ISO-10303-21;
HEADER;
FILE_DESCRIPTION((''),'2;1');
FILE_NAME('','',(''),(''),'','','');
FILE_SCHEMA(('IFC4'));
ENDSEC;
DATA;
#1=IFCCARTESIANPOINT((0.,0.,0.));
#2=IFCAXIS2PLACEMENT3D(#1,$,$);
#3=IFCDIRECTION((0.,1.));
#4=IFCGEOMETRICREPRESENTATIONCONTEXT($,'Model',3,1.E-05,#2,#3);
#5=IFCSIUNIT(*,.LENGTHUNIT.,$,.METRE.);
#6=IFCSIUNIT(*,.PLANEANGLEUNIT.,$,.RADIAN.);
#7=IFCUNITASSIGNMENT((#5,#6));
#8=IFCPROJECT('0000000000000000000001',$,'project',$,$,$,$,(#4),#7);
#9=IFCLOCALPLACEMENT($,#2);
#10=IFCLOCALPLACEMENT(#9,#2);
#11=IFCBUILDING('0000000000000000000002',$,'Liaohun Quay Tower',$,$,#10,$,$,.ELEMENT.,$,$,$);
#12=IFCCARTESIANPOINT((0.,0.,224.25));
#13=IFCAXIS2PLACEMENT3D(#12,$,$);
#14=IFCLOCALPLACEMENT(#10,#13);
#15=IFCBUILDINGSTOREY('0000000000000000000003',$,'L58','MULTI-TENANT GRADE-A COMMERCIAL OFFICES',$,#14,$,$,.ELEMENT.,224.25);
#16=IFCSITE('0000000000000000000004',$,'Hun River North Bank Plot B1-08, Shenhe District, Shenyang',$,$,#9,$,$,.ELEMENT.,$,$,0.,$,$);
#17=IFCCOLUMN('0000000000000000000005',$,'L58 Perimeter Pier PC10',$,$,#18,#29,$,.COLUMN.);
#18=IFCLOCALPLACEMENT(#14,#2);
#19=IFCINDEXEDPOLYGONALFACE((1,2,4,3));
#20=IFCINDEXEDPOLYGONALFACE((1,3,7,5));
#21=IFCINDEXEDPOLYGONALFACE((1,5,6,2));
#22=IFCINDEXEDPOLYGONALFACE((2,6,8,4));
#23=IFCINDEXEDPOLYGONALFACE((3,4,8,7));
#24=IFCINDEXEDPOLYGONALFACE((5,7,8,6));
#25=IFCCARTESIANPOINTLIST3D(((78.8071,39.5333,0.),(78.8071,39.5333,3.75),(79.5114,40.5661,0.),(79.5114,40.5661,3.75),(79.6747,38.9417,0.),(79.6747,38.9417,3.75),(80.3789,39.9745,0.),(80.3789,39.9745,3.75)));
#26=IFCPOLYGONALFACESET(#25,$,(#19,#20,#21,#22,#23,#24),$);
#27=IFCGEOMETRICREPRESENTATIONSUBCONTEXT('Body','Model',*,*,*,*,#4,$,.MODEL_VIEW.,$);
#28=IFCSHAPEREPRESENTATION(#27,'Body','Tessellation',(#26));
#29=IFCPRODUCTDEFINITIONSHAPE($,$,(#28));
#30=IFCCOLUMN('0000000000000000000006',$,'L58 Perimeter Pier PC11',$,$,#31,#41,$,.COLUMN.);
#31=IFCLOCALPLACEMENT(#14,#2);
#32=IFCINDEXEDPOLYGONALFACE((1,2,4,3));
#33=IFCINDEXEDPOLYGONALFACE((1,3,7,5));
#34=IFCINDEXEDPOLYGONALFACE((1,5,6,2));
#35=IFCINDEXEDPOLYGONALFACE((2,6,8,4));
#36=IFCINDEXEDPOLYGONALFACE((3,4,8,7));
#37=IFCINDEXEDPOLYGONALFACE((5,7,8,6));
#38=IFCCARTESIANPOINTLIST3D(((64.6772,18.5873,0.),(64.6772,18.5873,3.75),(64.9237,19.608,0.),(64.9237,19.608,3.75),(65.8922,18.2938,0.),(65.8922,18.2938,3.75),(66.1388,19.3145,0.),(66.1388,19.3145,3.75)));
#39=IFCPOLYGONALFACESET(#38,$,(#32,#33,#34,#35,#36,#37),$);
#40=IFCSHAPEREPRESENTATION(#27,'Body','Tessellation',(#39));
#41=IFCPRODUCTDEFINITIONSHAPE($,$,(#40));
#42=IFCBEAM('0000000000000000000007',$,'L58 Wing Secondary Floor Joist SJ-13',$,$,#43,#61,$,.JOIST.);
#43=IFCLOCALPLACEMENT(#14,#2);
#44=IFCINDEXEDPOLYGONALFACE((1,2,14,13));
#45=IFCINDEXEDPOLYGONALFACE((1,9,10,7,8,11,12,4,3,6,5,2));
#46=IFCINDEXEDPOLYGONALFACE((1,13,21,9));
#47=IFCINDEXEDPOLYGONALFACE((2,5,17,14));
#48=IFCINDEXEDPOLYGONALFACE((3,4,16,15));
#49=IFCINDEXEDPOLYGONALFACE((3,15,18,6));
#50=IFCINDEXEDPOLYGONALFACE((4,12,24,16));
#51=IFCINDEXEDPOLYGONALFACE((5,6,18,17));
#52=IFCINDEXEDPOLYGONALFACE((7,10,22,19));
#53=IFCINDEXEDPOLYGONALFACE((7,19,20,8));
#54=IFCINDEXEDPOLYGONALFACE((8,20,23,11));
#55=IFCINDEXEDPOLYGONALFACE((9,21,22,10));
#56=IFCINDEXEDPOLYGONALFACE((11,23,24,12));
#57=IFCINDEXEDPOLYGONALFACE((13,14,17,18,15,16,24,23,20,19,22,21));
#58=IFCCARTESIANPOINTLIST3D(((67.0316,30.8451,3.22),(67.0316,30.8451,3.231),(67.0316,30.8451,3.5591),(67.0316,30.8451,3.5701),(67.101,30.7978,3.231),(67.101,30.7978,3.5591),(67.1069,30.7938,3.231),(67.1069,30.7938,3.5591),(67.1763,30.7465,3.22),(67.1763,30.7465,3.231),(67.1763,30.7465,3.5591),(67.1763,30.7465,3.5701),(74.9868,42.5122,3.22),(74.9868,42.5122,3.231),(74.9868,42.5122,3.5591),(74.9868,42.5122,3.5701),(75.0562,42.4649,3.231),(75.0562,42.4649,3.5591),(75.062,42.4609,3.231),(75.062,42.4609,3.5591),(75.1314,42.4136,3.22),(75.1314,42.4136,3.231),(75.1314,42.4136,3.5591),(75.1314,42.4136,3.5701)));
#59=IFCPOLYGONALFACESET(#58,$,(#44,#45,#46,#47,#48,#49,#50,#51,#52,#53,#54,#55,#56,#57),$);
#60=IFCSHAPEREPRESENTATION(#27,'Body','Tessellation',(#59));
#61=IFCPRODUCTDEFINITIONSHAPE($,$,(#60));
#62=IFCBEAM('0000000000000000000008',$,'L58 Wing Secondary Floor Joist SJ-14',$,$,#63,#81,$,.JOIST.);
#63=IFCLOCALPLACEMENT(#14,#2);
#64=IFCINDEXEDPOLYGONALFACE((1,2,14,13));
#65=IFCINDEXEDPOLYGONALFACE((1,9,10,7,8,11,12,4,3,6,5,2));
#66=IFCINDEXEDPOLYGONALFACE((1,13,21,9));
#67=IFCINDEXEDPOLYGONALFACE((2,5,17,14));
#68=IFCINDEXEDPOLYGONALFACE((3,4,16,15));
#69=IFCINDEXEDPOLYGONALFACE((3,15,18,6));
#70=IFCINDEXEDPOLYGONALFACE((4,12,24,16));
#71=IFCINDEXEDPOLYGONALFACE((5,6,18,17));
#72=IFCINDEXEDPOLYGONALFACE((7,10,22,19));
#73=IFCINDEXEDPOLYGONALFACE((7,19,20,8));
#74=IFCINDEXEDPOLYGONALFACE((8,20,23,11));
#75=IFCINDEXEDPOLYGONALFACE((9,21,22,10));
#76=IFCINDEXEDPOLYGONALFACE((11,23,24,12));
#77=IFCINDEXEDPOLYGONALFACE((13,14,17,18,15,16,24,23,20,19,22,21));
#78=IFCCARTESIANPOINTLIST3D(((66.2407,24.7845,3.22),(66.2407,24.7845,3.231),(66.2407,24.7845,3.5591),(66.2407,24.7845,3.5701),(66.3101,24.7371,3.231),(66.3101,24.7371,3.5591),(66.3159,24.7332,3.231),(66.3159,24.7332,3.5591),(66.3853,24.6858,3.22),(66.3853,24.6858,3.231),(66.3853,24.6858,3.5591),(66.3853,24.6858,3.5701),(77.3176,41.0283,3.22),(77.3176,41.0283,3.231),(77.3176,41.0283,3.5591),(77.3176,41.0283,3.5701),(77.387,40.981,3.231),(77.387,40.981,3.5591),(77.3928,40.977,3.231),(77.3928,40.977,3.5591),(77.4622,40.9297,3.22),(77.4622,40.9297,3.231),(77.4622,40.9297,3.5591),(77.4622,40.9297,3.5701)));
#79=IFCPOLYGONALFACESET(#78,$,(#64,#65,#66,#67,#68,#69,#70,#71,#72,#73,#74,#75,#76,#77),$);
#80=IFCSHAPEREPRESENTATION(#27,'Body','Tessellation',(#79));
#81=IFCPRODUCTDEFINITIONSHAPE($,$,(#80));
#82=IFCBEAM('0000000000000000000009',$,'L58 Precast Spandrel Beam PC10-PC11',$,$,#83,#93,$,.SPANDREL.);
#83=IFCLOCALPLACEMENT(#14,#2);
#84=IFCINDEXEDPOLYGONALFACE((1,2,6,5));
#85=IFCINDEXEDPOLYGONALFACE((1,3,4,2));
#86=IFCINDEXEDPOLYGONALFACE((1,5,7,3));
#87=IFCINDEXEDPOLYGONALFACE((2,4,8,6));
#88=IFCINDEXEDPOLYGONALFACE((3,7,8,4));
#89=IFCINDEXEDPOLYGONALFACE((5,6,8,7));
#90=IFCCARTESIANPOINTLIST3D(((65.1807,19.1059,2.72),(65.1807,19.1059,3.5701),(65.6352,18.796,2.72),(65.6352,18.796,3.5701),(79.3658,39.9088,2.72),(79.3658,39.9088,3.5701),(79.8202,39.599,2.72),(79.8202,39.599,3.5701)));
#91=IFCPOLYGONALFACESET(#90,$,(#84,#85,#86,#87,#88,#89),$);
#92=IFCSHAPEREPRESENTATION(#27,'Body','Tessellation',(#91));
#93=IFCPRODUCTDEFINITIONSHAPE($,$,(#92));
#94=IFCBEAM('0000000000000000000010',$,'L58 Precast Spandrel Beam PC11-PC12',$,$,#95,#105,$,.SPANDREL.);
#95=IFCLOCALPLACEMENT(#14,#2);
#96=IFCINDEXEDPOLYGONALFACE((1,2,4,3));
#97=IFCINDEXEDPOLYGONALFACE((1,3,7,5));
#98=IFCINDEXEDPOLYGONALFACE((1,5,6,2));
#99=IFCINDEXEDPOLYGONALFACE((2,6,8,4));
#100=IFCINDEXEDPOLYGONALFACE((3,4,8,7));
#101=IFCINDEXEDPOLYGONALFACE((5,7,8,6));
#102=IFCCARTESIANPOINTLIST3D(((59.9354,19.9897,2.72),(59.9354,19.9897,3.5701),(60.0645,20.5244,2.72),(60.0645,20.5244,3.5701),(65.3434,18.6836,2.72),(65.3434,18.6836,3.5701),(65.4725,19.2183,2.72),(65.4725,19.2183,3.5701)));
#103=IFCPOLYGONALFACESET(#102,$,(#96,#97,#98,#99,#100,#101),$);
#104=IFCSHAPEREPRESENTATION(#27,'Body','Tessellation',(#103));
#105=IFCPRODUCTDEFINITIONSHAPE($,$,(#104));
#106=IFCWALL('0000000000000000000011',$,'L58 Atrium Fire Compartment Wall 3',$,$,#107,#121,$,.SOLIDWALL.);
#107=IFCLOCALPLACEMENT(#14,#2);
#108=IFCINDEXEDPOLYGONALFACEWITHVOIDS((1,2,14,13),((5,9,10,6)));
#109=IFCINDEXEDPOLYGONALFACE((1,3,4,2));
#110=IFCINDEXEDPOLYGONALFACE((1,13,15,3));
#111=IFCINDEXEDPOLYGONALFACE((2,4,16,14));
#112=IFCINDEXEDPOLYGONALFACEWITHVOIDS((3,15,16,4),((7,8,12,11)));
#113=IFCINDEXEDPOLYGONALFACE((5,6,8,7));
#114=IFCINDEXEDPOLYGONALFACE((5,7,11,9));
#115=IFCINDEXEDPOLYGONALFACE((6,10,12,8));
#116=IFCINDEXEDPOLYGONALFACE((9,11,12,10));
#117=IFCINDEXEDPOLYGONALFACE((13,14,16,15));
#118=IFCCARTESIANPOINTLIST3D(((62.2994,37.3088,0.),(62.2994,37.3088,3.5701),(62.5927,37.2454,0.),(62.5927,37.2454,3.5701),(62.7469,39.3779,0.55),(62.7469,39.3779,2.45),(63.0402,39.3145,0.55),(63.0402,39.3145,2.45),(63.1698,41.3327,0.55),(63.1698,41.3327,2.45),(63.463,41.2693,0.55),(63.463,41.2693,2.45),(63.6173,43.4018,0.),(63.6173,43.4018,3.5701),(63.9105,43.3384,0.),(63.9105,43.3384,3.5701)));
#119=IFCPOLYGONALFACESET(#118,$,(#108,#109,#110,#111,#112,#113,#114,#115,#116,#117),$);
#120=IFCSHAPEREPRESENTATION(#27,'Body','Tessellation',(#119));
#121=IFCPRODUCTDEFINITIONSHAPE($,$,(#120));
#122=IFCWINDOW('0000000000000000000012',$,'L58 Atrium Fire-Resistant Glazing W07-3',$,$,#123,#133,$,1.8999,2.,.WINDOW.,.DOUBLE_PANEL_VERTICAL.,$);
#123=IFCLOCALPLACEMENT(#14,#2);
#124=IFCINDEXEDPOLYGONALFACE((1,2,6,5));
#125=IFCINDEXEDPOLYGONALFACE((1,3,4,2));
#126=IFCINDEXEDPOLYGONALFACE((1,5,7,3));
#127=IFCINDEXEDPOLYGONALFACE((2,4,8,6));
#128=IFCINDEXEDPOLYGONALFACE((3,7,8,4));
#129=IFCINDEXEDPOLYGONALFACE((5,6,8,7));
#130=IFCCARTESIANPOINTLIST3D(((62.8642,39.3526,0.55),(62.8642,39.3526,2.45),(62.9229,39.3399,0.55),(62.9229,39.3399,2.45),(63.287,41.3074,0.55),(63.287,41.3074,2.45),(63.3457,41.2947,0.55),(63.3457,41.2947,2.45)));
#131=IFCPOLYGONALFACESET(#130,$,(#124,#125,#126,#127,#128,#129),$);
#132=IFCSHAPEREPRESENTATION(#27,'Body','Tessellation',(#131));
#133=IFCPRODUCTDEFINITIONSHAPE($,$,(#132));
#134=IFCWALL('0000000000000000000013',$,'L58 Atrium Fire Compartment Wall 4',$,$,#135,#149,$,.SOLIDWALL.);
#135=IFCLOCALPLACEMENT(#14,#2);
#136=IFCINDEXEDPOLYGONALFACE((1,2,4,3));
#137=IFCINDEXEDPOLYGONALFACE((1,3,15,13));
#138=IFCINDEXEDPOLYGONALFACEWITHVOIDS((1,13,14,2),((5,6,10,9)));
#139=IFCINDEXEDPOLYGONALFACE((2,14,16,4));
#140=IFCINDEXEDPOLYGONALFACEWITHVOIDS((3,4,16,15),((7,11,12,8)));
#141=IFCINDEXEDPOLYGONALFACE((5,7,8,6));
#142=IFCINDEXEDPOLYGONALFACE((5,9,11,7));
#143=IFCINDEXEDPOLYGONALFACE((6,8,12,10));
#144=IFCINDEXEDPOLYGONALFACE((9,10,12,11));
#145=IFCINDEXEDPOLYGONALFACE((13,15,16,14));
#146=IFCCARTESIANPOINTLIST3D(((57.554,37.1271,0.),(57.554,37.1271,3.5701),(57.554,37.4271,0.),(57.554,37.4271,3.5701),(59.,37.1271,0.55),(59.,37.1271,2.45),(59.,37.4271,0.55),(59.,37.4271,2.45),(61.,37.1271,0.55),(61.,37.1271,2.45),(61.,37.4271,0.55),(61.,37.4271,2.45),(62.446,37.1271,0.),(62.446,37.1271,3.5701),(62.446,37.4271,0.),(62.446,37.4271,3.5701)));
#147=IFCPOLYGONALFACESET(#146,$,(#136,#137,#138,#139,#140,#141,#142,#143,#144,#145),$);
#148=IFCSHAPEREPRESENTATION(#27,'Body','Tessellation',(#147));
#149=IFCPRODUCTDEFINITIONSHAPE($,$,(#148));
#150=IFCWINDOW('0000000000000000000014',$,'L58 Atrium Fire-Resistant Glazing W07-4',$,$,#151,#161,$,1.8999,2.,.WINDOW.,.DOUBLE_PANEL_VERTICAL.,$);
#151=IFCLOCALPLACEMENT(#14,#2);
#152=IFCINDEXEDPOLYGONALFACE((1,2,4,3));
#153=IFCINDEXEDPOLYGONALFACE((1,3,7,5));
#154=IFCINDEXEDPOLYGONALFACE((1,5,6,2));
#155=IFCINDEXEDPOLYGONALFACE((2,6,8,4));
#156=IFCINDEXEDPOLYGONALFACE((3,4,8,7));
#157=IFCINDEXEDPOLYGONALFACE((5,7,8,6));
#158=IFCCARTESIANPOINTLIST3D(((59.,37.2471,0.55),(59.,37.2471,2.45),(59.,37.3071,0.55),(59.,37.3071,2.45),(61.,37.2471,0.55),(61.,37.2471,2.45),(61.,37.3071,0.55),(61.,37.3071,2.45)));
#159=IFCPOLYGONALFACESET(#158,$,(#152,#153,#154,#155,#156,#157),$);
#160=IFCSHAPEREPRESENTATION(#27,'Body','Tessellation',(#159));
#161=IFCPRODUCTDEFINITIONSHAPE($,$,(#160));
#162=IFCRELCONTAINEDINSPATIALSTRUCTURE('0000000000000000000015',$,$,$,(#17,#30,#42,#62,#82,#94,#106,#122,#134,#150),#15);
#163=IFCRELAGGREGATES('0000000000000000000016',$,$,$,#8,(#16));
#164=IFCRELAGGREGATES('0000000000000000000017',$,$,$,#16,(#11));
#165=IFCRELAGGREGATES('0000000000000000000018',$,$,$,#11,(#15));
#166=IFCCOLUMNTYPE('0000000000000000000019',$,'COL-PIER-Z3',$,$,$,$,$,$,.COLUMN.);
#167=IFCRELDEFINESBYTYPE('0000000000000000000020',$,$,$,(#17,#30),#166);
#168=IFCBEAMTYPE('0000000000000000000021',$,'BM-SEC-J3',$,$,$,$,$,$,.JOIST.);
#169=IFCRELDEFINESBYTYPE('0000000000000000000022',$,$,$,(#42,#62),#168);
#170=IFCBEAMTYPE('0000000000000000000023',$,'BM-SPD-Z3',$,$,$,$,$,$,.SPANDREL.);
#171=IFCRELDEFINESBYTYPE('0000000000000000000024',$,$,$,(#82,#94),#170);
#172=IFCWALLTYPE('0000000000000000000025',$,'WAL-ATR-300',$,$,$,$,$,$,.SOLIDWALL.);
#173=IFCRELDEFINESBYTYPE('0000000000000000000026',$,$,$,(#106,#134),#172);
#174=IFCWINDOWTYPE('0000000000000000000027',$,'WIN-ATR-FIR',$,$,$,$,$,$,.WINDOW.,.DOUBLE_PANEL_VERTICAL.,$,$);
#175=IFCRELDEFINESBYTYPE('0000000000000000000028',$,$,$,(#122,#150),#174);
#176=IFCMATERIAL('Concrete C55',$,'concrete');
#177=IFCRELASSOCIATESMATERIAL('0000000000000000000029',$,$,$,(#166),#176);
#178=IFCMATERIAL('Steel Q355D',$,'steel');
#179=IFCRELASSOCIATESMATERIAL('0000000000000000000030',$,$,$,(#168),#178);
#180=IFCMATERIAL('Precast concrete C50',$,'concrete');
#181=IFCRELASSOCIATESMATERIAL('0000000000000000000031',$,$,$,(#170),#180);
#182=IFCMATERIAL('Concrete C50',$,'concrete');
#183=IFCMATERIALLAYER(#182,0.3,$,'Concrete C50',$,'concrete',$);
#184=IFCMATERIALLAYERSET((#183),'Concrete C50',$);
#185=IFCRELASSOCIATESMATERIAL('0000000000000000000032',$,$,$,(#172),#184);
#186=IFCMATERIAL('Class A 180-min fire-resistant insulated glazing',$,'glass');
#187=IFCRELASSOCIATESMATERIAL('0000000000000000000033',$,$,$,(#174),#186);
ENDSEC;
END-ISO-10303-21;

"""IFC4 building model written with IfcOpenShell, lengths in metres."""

from ifc_helpers import new_model, si_unit, direction, frame, frame_2d, origin, origin_2d, place, context, subcontext, project, spatial, rectangle, i_section, extrude, source, transform, mapped, material, layer, layer_set, material_profile, profile_set, type_object, element, fill, save


model = new_model("IFC4")

# Units and contexts
model_context = context("Model", 3, precision=1e-05, world=origin(), true_north=direction((0.0, 1.0)))
body_context = subcontext(model_context, "Body", "Model", "MODEL_VIEW")
ifc_project = project(units=[si_unit("LENGTHUNIT", "METRE"), si_unit("PLANEANGLEUNIT", "RADIAN")], contexts=[model_context])

# Site, building, storey
site_placement = place(None, origin())
site = spatial("IfcSite", under=ifc_project, at=site_placement, Name="Hun River North Bank Plot B1-08, Shenhe District, Shenyang", CompositionType="ELEMENT", RefElevation=0.0)
building_placement = place(site_placement, origin())
building = spatial("IfcBuilding", under=site, at=building_placement, Name="Liaohun Quay Tower", CompositionType="ELEMENT")
storey_placement = place(building_placement, frame((0.0, 0.0, 224.25)))
storey = spatial("IfcBuildingStorey", under=building, at=storey_placement, Name="L58", Description="MULTI-TENANT GRADE-A COMMERCIAL OFFICES", CompositionType="ELEMENT", Elevation=224.25)

# Columns
ifc_material_1 = material(Name="Concrete C55", Category="concrete")
ifc_material_profile_1 = material_profile(ifc_material_1, rectangle(XDim=1.25, YDim=1.05, at=origin_2d()), Name="RC1250x1050")
ifc_profile_set_1 = profile_set([ifc_material_profile_1], Name="Concrete C55")
column_type = type_object("IfcColumnType", Name="COL-PIER-Z3", PredefinedType="COLUMN", material=ifc_profile_set_1)
shared_shape_1 = source(origin(), body_context, "Body", "SweptSolid", [
    extrude(rectangle(XDim=1.25, YDim=1.05, at=origin_2d()), origin(), (0.0, 0.0, 1.0), 3.75),
])
for number, where, z_axis, x_axis, name in (
    (1, (79.593, 39.7539, 0.0), (0.0, 0.0, 1.0), (0.563382, 0.826197, 0.0), "L58 Perimeter Pier PC10"),
    (2, (65.408, 18.9509, 0.0), (0.0, 0.0, 1.0), (-0.972043, 0.234803, 0.0), "L58 Perimeter Pier PC11"),
):
    element("IfcColumn", number, at=place(storey_placement, frame(where, z_axis=z_axis, x_axis=x_axis)), inside=storey, type_object=column_type, Name=name, PredefinedType="COLUMN", context=body_context, shape_type="MappedRepresentation", body=[
        mapped(shared_shape_1, transform((0.0, 0.0, 0.0), x_axis=(1.0, 0.0, 0.0), y_axis=(0.0, 1.0, 0.0), z_axis=(0.0, 0.0, 1.0), scale=1.0)),
    ])

# Beams
ifc_material_2 = material(Name="Steel Q355D", Category="steel")
ifc_material_profile_2 = material_profile(ifc_material_2, i_section(OverallWidth=0.175, OverallDepth=0.3501, WebThickness=0.0071, FlangeThickness=0.011, at=origin_2d()), Name="HN350x175x7x11")
ifc_profile_set_2 = profile_set([ifc_material_profile_2], Name="Steel Q355D")
beam_type_1 = type_object("IfcBeamType", Name="BM-SEC-J3", PredefinedType="JOIST", material=ifc_profile_set_2)
shared_shape_2 = source(origin(), body_context, "Body", "SweptSolid", [
    extrude(i_section(OverallWidth=0.175, OverallDepth=0.3501, WebThickness=0.0071, FlangeThickness=0.011, at=origin_2d()), origin(), (0.0, 0.0, 1.0), 14.1211),
])
beam_1_placement = place(storey_placement, frame((75.0591, 42.4629, 3.395), z_axis=(-0.563352, -0.826217, 0.0), x_axis=(0.826217, -0.563352, 0.0)))
element("IfcBeam", 3, at=beam_1_placement, inside=storey, type_object=beam_type_1, Name="L58 Wing Secondary Floor Joist SJ-13", PredefinedType="JOIST", context=body_context, shape_type="MappedRepresentation", body=[
    mapped(shared_shape_2, transform((0.0, 0.0, 0.0), x_axis=(1.0, 0.0, 0.0), y_axis=(0.0, 1.0, 0.0), z_axis=(0.0, 0.0, 1.0), scale=1.0)),
])
shared_shape_3 = source(origin(), body_context, "Body", "SweptSolid", [
    extrude(i_section(OverallWidth=0.175, OverallDepth=0.3501, WebThickness=0.0071, FlangeThickness=0.011, at=origin_2d()), origin(), (0.0, 0.0, 1.0), 19.6611),
])
beam_2_placement = place(storey_placement, frame((77.3899, 40.979, 3.395), z_axis=(-0.56339, -0.826191, 0.0), x_axis=(0.826191, -0.56339, 0.0)))
element("IfcBeam", 4, at=beam_2_placement, inside=storey, type_object=beam_type_1, Name="L58 Wing Secondary Floor Joist SJ-14", PredefinedType="JOIST", context=body_context, shape_type="MappedRepresentation", body=[
    mapped(shared_shape_3, transform((0.0, 0.0, 0.0), x_axis=(1.0, 0.0, 0.0), y_axis=(0.0, 1.0, 0.0), z_axis=(0.0, 0.0, 1.0), scale=1.0)),
])
ifc_material_3 = material(Name="Precast concrete C50", Category="concrete")
ifc_material_profile_3 = material_profile(ifc_material_3, rectangle(XDim=0.55, YDim=0.8501, at=origin_2d()), Name="RC550x850")
ifc_profile_set_3 = profile_set([ifc_material_profile_3], Name="Precast concrete C50")
beam_type_2 = type_object("IfcBeamType", Name="BM-SPD-Z3", PredefinedType="SPANDREL", material=ifc_profile_set_3)
shared_shape_4 = source(origin(), body_context, "Body", "SweptSolid", [
    extrude(rectangle(XDim=0.55, YDim=0.8501, at=origin_2d()), origin(), (0.0, 0.0, 1.0), 25.179),
])
beam_3_placement = place(storey_placement, frame((79.593, 39.7539, 3.145), z_axis=(-0.56337, -0.826205, 0.0), x_axis=(0.826205, -0.56337, 0.0)))
element("IfcBeam", 5, at=beam_3_placement, inside=storey, type_object=beam_type_2, Name="L58 Precast Spandrel Beam PC10-PC11", PredefinedType="SPANDREL", context=body_context, shape_type="MappedRepresentation", body=[
    mapped(shared_shape_4, transform((0.0, 0.0, 0.0), x_axis=(1.0, 0.0, 0.0), y_axis=(0.0, 1.0, 0.0), z_axis=(0.0, 0.0, 1.0), scale=1.0)),
])
shared_shape_5 = source(origin(), body_context, "Body", "SweptSolid", [
    extrude(rectangle(XDim=0.55, YDim=0.8501, at=origin_2d()), origin(), (0.0, 0.0, 1.0), 5.5635),
])
beam_4_placement = place(storey_placement, frame((65.408, 18.9509, 3.145), z_axis=(-0.97205, 0.234774, 0.0), x_axis=(-0.234774, -0.97205, 0.0)))
element("IfcBeam", 6, at=beam_4_placement, inside=storey, type_object=beam_type_2, Name="L58 Precast Spandrel Beam PC11-PC12", PredefinedType="SPANDREL", context=body_context, shape_type="MappedRepresentation", body=[
    mapped(shared_shape_5, transform((0.0, 0.0, 0.0), x_axis=(1.0, 0.0, 0.0), y_axis=(0.0, 1.0, 0.0), z_axis=(0.0, 0.0, 1.0), scale=1.0)),
])

# Walls, openings, windows
ifc_material_4 = material(Name="Concrete C50", Category="concrete")
ifc_layer_1 = layer(ifc_material_4, 0.3, Name="Concrete C50", Category="concrete")
ifc_layer_set_1 = layer_set([ifc_layer_1], Name="Concrete C50")
wall_type_1 = type_object("IfcWallType", Name="WAL-ATR-300", PredefinedType="SOLIDWALL", material=ifc_layer_set_1)
wall_1_placement = place(storey_placement, frame((63.7639, 43.3701, 0.0), z_axis=(0.0, 0.0, 1.0), x_axis=(-0.211404, -0.977399, 0.0)))
wall_1 = element("IfcWall", 7, at=wall_1_placement, inside=storey, type_object=wall_type_1, Name="L58 Atrium Fire Compartment Wall 3", PredefinedType="SOLIDWALL", context=body_context, shape_type="SweptSolid", body=[
    extrude(rectangle(XDim=6.2339, YDim=0.3, at=frame_2d((3.1169, 0.0))), origin(), (0.0, 0.0, 1.0), 3.5701),
])
shared_shape_6 = source(origin(), body_context, "Body", "SweptSolid", [
    extrude(rectangle(XDim=2.0, YDim=1.8999, at=frame_2d((1.0, 0.95))), frame((0.0, 0.1599, 0.0), z_axis=(0.0, -1.0, 0.0), x_axis=(1.0, 0.0, 0.0)), (0.0, 0.0, 1.0), 0.3201),
])
opening_1_placement = place(wall_1_placement, frame((2.1169, 0.0, 0.55)))
opening_1 = element("IfcOpeningElement", 8, at=opening_1_placement, cuts=wall_1, PredefinedType="OPENING", context=body_context, shape_type="MappedRepresentation", body=[
    mapped(shared_shape_6, transform((0.0, 0.0, 0.0), x_axis=(1.0, 0.0, 0.0), y_axis=(0.0, 1.0, 0.0), z_axis=(0.0, 0.0, 1.0), scale=1.0)),
])
ifc_material_5 = material(Name="Class A 180-min fire-resistant insulated glazing", Category="glass")
window_type_1 = type_object("IfcWindowType", Name="WIN-ATR-FIR", PartitioningType="DOUBLE_PANEL_VERTICAL", PredefinedType="WINDOW", material=ifc_material_5)
shared_shape_7 = source(origin(), body_context, "Body", "SweptSolid", [
    extrude(rectangle(XDim=2.0, YDim=1.8999, at=frame_2d((1.0, 0.95))), frame((0.0, 0.03, 0.0), z_axis=(0.0, -1.0, 0.0), x_axis=(1.0, 0.0, 0.0)), (0.0, 0.0, 1.0), 0.0601),
])
window_1_placement = place(opening_1_placement, origin())
window_1 = element("IfcWindow", 9, at=window_1_placement, inside=storey, type_object=window_type_1, Name="L58 Atrium Fire-Resistant Glazing W07-3", OverallHeight=1.8999, OverallWidth=2.0, PartitioningType="DOUBLE_PANEL_VERTICAL", PredefinedType="WINDOW", context=body_context, shape_type="MappedRepresentation", body=[
    mapped(shared_shape_7, transform((0.0, 0.0, 0.0), x_axis=(1.0, 0.0, 0.0), y_axis=(0.0, 1.0, 0.0), z_axis=(0.0, 0.0, 1.0), scale=1.0)),
])
fill(opening_1, window_1)
wall_2_placement = place(storey_placement, frame((62.446, 37.2771, 0.0), z_axis=(0.0, 0.0, 1.0), x_axis=(-1.0, 0.0, 0.0)))
wall_2 = element("IfcWall", 10, at=wall_2_placement, inside=storey, type_object=wall_type_1, Name="L58 Atrium Fire Compartment Wall 4", PredefinedType="SOLIDWALL", context=body_context, shape_type="SweptSolid", body=[
    extrude(rectangle(XDim=4.8921, YDim=0.3, at=frame_2d((2.446, 0.0))), origin(), (0.0, 0.0, 1.0), 3.5701),
])
opening_2_placement = place(wall_2_placement, frame((1.446, 0.0, 0.55)))
opening_2 = element("IfcOpeningElement", 11, at=opening_2_placement, cuts=wall_2, PredefinedType="OPENING", context=body_context, shape_type="MappedRepresentation", body=[
    mapped(shared_shape_6, transform((0.0, 0.0, 0.0), x_axis=(1.0, 0.0, 0.0), y_axis=(0.0, 1.0, 0.0), z_axis=(0.0, 0.0, 1.0), scale=1.0)),
])
window_2_placement = place(opening_2_placement, origin())
window_2 = element("IfcWindow", 12, at=window_2_placement, inside=storey, type_object=window_type_1, Name="L58 Atrium Fire-Resistant Glazing W07-4", OverallHeight=1.8999, OverallWidth=2.0, PartitioningType="DOUBLE_PANEL_VERTICAL", PredefinedType="WINDOW", context=body_context, shape_type="MappedRepresentation", body=[
    mapped(shared_shape_7, transform((0.0, 0.0, 0.0), x_axis=(1.0, 0.0, 0.0), y_axis=(0.0, 1.0, 0.0), z_axis=(0.0, 0.0, 1.0), scale=1.0)),
])
fill(opening_2, window_2)

save(model, "model.ifc")
